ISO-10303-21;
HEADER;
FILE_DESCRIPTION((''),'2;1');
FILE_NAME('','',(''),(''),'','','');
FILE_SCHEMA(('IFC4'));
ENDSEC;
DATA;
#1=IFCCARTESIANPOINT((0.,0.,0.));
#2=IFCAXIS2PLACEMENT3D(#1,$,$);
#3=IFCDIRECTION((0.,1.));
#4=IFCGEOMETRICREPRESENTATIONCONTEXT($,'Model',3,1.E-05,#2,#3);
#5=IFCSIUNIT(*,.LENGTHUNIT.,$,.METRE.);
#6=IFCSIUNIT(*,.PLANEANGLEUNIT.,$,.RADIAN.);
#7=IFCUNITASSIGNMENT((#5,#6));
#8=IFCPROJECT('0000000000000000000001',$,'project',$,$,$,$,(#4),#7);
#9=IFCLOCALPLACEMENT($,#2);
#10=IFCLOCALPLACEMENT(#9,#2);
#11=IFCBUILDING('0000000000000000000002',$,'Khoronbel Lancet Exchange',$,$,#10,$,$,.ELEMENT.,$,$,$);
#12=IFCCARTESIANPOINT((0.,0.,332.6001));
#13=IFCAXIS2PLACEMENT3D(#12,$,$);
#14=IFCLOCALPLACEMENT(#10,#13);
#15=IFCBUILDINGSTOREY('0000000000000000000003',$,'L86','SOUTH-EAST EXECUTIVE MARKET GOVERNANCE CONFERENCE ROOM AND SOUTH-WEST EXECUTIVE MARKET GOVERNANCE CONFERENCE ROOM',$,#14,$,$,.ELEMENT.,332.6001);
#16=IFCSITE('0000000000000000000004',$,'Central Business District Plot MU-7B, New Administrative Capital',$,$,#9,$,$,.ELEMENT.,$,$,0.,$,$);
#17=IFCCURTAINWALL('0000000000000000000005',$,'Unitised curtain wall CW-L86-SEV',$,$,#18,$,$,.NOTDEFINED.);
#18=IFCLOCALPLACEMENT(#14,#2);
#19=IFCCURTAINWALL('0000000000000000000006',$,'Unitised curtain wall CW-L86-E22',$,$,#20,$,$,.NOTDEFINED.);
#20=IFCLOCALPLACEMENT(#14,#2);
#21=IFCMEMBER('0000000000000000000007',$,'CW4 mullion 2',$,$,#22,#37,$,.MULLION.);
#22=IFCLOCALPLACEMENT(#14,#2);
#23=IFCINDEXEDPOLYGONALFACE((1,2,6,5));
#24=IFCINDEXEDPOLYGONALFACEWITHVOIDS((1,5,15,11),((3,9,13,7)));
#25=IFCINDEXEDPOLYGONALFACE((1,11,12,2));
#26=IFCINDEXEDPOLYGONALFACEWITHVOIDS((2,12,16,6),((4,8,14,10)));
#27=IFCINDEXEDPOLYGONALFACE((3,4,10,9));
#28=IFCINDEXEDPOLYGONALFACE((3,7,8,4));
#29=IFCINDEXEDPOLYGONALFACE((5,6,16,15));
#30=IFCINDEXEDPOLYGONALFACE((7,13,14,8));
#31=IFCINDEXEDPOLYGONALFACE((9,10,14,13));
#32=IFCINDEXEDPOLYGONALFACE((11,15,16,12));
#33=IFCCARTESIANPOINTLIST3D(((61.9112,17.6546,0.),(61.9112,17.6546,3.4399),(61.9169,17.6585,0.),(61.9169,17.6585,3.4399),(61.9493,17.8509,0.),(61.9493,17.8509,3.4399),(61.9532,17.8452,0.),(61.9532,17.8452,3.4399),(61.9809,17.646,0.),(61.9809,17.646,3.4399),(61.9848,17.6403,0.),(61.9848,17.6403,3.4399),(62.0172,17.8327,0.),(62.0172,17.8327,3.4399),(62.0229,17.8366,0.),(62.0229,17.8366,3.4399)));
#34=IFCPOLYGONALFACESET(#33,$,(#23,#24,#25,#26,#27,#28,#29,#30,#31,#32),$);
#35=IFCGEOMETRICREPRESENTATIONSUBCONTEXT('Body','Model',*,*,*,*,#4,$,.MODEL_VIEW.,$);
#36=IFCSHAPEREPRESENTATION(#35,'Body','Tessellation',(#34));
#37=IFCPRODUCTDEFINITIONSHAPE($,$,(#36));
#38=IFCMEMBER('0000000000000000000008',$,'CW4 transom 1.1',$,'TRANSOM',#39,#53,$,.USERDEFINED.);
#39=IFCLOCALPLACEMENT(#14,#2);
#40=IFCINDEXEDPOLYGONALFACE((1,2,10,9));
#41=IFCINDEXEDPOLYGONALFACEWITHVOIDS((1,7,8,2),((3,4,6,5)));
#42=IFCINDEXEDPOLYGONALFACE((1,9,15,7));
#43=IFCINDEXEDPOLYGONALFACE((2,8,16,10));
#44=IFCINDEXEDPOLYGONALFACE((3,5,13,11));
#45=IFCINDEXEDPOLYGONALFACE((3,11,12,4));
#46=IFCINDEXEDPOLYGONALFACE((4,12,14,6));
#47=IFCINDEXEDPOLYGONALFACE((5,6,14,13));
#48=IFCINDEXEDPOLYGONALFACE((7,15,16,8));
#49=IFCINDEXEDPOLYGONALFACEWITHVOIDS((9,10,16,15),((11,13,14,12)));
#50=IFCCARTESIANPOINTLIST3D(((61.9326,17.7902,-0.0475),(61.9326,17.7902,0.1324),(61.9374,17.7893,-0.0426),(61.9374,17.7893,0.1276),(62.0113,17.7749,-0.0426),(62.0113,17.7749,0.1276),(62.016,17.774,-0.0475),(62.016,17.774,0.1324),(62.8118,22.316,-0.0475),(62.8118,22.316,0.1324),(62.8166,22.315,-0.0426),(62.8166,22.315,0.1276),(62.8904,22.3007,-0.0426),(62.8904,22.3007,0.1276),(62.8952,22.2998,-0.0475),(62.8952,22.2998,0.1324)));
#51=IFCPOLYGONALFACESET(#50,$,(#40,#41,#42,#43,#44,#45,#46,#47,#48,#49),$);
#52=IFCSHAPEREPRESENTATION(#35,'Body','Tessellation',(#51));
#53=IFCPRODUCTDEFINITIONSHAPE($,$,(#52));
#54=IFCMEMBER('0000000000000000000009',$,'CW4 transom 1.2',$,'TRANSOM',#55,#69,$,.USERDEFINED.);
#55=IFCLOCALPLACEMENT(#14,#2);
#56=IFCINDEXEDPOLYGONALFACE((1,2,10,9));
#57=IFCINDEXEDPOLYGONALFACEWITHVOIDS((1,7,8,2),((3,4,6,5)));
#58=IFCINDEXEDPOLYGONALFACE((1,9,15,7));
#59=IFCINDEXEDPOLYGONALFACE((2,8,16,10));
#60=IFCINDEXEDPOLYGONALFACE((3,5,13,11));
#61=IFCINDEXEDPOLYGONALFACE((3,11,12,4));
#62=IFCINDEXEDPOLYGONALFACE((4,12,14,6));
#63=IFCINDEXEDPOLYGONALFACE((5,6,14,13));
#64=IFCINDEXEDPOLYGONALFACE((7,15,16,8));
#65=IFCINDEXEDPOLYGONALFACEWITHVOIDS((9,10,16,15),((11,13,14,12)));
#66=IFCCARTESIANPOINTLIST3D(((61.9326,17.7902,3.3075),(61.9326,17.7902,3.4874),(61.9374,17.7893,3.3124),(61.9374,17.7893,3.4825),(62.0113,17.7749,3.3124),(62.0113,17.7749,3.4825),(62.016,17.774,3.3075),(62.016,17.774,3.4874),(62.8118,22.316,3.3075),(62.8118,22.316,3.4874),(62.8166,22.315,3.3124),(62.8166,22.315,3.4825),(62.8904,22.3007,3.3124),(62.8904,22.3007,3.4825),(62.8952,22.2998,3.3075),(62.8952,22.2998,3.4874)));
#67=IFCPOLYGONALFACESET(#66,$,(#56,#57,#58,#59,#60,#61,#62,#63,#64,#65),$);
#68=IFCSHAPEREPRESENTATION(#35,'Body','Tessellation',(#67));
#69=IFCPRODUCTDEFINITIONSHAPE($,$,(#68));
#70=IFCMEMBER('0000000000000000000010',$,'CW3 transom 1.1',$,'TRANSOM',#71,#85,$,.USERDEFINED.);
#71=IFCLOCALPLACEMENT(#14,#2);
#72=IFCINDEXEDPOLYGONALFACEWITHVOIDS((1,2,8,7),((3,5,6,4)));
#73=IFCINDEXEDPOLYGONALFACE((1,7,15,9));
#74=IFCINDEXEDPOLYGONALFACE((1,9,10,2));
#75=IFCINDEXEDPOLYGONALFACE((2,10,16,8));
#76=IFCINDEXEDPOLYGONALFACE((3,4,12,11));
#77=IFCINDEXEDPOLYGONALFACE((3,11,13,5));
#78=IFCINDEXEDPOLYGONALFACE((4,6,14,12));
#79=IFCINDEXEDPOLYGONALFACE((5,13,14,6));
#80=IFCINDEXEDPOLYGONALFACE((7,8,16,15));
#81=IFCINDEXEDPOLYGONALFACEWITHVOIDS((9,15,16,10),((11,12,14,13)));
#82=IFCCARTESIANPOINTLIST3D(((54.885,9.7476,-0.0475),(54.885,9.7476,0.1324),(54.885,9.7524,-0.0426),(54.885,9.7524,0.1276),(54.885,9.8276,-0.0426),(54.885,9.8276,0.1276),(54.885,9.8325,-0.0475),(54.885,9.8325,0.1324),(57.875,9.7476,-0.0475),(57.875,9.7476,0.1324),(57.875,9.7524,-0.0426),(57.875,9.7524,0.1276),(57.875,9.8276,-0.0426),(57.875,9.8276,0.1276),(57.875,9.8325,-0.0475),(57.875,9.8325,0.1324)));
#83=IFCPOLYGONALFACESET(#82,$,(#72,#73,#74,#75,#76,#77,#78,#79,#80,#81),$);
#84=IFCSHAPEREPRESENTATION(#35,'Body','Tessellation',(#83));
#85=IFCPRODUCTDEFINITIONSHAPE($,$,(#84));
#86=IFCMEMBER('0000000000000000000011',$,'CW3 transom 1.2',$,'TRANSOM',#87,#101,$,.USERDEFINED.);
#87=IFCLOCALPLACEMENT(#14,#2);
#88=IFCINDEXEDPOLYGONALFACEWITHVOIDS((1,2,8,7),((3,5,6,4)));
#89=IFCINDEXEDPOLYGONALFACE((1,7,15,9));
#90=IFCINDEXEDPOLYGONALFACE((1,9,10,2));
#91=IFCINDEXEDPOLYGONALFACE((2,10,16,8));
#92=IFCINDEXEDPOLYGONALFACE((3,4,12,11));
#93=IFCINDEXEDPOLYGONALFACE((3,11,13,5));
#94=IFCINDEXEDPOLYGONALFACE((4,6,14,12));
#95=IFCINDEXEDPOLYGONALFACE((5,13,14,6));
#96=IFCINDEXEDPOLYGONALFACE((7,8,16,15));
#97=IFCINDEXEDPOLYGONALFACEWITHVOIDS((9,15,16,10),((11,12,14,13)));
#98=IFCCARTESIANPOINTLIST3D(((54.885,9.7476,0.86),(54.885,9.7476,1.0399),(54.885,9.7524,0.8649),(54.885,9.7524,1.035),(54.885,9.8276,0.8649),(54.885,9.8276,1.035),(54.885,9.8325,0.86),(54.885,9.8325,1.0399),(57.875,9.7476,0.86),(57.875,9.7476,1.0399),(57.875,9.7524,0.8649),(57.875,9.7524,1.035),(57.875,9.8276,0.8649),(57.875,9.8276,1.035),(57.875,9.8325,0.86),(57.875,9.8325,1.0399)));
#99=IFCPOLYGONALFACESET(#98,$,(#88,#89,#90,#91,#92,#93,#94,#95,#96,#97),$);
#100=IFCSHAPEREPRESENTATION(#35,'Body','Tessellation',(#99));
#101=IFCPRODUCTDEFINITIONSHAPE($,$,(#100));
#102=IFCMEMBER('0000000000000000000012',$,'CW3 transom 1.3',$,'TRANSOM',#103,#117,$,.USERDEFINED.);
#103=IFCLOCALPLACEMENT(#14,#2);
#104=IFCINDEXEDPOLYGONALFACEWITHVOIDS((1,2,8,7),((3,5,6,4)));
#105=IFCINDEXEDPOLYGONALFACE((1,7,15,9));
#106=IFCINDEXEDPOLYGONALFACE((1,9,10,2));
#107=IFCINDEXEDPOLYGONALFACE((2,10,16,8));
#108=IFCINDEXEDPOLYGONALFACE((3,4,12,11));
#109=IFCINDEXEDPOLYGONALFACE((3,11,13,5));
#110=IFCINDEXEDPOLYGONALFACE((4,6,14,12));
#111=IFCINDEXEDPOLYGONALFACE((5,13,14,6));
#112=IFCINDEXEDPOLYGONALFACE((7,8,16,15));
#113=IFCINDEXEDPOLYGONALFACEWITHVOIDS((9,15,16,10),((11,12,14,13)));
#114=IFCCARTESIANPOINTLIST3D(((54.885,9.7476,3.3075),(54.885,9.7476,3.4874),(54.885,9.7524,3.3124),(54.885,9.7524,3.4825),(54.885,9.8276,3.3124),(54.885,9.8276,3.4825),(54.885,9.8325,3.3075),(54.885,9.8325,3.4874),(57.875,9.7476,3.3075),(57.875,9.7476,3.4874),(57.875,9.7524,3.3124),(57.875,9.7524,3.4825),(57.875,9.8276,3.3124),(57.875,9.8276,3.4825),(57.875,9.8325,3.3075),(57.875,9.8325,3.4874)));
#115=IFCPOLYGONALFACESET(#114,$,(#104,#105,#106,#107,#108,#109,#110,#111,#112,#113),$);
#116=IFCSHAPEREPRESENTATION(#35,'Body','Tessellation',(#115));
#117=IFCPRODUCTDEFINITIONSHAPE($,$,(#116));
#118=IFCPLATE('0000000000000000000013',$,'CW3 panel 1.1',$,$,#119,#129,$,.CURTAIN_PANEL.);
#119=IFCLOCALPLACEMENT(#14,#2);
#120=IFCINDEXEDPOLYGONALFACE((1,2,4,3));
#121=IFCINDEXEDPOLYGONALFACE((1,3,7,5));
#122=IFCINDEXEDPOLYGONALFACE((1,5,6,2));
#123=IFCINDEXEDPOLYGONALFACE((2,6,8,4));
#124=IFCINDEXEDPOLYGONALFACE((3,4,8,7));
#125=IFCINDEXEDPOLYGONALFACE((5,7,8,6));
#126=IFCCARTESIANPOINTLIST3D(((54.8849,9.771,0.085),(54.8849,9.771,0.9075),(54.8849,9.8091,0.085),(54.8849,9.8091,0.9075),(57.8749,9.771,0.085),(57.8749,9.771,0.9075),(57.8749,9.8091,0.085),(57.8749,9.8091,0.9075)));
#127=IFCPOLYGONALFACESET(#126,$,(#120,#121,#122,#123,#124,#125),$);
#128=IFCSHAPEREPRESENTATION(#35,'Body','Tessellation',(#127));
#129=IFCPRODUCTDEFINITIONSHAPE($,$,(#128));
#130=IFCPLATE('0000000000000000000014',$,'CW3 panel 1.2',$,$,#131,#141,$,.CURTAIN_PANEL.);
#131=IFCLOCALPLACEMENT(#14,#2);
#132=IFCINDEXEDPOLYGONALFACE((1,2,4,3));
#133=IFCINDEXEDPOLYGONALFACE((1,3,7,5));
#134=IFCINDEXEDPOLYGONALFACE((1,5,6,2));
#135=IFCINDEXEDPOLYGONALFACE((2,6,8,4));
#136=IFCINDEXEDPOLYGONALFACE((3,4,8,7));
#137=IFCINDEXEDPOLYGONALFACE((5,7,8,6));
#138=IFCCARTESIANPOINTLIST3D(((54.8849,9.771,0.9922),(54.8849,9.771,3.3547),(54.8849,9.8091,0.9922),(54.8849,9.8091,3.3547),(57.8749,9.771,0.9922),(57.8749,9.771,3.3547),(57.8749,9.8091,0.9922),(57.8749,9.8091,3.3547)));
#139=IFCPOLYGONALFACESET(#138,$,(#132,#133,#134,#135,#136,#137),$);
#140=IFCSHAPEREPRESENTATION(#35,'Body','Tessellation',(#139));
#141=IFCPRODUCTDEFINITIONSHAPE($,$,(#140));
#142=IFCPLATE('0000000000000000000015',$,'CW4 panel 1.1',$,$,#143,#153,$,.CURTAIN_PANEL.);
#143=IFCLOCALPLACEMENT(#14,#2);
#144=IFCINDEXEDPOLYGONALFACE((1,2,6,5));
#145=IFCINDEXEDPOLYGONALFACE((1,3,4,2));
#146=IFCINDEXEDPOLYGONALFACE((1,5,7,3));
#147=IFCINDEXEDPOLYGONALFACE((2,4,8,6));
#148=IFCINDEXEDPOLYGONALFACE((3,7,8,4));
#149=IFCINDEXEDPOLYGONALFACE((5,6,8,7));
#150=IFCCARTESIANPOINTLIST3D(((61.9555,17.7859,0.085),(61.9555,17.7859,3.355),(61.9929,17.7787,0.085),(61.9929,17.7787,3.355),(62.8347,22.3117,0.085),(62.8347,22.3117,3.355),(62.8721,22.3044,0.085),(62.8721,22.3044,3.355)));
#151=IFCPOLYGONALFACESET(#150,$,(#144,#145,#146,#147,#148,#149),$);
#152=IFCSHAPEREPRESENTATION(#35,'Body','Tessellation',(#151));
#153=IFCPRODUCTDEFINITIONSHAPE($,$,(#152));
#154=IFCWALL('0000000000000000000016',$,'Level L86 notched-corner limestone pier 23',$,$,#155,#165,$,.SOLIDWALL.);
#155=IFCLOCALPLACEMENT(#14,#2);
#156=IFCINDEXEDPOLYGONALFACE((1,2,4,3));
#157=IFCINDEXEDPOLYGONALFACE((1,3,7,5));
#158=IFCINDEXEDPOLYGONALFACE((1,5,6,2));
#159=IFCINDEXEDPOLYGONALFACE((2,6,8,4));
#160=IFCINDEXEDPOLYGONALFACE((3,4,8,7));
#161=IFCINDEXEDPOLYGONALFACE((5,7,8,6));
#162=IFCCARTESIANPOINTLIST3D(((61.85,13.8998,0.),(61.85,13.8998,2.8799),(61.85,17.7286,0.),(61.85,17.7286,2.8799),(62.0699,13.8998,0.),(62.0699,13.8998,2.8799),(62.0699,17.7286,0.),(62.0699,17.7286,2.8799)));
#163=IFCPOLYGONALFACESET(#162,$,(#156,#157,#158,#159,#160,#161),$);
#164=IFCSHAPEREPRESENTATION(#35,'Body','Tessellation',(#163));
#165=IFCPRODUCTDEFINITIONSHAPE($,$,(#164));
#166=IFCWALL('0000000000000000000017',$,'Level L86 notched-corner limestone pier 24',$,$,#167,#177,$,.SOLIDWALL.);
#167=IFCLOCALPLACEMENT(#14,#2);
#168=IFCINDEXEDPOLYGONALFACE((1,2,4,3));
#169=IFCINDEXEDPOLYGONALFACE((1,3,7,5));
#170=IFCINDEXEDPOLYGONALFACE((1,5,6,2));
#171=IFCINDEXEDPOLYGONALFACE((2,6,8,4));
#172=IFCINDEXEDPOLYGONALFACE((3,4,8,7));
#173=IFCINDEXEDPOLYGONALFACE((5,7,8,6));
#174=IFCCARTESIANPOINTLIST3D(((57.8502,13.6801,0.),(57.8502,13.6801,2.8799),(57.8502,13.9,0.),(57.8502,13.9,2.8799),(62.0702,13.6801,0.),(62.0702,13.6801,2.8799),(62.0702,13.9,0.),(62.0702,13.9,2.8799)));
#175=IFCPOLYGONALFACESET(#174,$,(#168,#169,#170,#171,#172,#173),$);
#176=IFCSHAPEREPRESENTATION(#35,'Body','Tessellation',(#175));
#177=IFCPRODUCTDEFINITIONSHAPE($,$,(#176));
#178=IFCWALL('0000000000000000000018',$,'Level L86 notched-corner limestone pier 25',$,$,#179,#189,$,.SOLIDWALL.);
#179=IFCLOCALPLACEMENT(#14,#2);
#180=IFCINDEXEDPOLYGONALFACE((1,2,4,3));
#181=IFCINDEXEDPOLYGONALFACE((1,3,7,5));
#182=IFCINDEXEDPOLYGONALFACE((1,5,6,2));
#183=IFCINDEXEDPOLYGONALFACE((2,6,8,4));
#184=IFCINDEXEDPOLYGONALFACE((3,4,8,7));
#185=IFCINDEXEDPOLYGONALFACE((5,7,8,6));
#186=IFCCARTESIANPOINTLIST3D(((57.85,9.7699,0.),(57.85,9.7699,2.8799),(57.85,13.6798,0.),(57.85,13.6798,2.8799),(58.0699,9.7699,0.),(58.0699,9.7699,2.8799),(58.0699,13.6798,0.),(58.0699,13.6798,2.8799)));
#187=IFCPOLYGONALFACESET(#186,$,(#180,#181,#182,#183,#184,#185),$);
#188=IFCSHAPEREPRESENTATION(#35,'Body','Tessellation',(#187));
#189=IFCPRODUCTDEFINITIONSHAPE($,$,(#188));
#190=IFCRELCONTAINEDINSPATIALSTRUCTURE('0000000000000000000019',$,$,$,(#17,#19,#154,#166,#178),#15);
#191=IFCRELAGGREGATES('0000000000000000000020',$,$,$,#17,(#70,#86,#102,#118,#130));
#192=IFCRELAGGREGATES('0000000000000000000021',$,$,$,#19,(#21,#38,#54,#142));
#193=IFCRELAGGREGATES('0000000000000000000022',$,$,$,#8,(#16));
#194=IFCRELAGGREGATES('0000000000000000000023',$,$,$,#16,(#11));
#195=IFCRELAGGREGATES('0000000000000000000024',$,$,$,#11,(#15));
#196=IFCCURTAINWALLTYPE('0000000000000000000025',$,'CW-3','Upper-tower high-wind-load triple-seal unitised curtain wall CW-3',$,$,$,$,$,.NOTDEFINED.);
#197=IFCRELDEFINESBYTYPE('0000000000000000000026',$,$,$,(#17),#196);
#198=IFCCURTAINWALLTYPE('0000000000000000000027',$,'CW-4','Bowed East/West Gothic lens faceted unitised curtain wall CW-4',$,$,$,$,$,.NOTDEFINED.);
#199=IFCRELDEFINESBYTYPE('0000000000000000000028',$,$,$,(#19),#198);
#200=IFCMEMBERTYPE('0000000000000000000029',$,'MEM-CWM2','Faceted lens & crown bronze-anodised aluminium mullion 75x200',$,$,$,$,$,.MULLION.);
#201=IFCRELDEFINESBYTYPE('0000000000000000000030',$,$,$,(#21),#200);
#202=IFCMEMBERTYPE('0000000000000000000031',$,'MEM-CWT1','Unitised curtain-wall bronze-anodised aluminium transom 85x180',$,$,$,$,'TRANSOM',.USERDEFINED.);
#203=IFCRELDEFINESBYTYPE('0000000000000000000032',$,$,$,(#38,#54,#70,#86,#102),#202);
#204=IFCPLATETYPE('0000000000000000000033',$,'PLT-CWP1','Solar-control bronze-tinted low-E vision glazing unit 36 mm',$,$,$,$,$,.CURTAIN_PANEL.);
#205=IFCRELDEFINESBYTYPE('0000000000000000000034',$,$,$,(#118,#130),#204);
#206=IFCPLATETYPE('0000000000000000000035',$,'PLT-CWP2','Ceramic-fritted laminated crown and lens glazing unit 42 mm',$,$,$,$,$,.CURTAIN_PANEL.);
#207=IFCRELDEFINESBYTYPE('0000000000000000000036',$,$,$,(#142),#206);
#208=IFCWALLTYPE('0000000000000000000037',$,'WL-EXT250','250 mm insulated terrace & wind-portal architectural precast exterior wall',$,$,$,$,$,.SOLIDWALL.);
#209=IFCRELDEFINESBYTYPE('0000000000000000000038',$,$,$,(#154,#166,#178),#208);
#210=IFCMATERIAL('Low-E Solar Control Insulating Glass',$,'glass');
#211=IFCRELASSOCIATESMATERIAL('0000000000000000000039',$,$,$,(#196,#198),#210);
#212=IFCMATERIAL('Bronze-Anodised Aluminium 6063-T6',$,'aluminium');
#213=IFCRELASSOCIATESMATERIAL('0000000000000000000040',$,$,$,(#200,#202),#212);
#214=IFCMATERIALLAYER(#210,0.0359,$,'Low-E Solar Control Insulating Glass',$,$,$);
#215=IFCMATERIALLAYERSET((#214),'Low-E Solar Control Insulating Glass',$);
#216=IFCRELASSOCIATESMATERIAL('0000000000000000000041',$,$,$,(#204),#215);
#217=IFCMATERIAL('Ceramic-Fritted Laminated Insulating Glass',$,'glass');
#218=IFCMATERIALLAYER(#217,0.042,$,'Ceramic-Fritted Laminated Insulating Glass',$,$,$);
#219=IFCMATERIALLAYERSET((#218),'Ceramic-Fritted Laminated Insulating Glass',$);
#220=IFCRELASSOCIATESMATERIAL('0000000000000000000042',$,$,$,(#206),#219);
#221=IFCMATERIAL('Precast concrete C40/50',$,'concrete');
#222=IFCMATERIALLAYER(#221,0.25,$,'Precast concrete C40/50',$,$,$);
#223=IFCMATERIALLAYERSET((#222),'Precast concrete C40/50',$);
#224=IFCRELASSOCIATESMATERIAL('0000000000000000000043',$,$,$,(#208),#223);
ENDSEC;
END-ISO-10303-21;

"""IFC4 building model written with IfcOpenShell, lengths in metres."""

from ifc_helpers import new_model, si_unit, direction, frame, frame_2d, origin, origin_2d, place, context, subcontext, project, spatial, rectangle, hollow_rectangle, extrude, material, layer, layer_set, material_profile, profile_set, type_object, element, aggregate, save


model = new_model("IFC4")

# Units and contexts
model_context = context("Model", 3, precision=1e-05, world=origin(), true_north=direction((0.0, 1.0)))
body_context = subcontext(model_context, "Body", "Model", "MODEL_VIEW")
ifc_project = project(units=[si_unit("LENGTHUNIT", "METRE"), si_unit("PLANEANGLEUNIT", "RADIAN")], contexts=[model_context])

# Site, building, storey
site_placement = place(None, origin())
site = spatial("IfcSite", under=ifc_project, at=site_placement, Name="Central Business District Plot MU-7B, New Administrative Capital", CompositionType="ELEMENT", RefElevation=0.0)
building_placement = place(site_placement, origin())
building = spatial("IfcBuilding", under=site, at=building_placement, Name="Khoronbel Lancet Exchange", CompositionType="ELEMENT")
storey_placement = place(building_placement, frame((0.0, 0.0, 332.6001)))
storey = spatial("IfcBuildingStorey", under=building, at=storey_placement, Name="L86", Description="SOUTH-EAST EXECUTIVE MARKET GOVERNANCE CONFERENCE ROOM AND SOUTH-WEST EXECUTIVE MARKET GOVERNANCE CONFERENCE ROOM", CompositionType="ELEMENT", Elevation=332.6001)

# Shared definitions
ifc_material_1 = material(Name="Low-E Solar Control Insulating Glass", Category="glass")
curtain_wall_type_1 = type_object("IfcCurtainWallType", Name="CW-3", Description="Upper-tower high-wind-load triple-seal unitised curtain wall CW-3", PredefinedType="NOTDEFINED", material=ifc_material_1)
ifc_material_2 = material(Name="Bronze-Anodised Aluminium 6063-T6", Category="aluminium")

# Curtain wall
curtain_wall_1_placement = place(storey_placement, origin())
curtain_wall_1 = element("IfcCurtainWall", 1, at=curtain_wall_1_placement, inside=storey, type_object=curtain_wall_type_1, Name="Unitised curtain wall CW-L86-SEV", PredefinedType="NOTDEFINED")

# Shared definitions
curtain_wall_type_2 = type_object("IfcCurtainWallType", Name="CW-4", Description="Bowed East/West Gothic lens faceted unitised curtain wall CW-4", PredefinedType="NOTDEFINED", material=ifc_material_1)
ifc_material_profile_1 = material_profile(ifc_material_2, hollow_rectangle(XDim=0.075, YDim=0.2, WallThickness=0.0049, at=origin_2d()), Name="ALU MULLION 75x200")
ifc_profile_set_1 = profile_set([ifc_material_profile_1], Name="Bronze-Anodised Aluminium 6063-T6")
member_type_1 = type_object("IfcMemberType", Name="MEM-CWM2", Description="Faceted lens & crown bronze-anodised aluminium mullion 75x200", PredefinedType="MULLION", material=ifc_profile_set_1)

# Curtain wall, members
curtain_wall_2_placement = place(storey_placement, origin())
curtain_wall_2 = element("IfcCurtainWall", 2, at=curtain_wall_2_placement, inside=storey, type_object=curtain_wall_type_2, Name="Unitised curtain wall CW-L86-E22", PredefinedType="NOTDEFINED")
member_1_placement = place(storey_placement, frame((61.967, 17.7456, 0.0), z_axis=(0.0, 0.0, 1.0), x_axis=(0.981648, -0.190704, 0.0)))
member_1 = element("IfcMember", 3, at=member_1_placement, type_object=member_type_1, Name="CW4 mullion 2", PredefinedType="MULLION", context=body_context, shape_type="SweptSolid", body=[
    extrude(hollow_rectangle(XDim=0.075, YDim=0.2, WallThickness=0.0049, at=origin_2d()), origin(), (0.0, 0.0, 1.0), 3.4399),
])
ifc_material_profile_2 = material_profile(ifc_material_2, hollow_rectangle(XDim=0.085, YDim=0.1799, WallThickness=0.0049, at=origin_2d()), Name="ALU TRANSOM 85x180")
ifc_profile_set_2 = profile_set([ifc_material_profile_2], Name="Bronze-Anodised Aluminium 6063-T6")
member_type_2 = type_object("IfcMemberType", Name="MEM-CWT1", Description="Unitised curtain-wall bronze-anodised aluminium transom 85x180", ElementType="TRANSOM", PredefinedType="USERDEFINED", material=ifc_profile_set_2)
member_2_placement = place(storey_placement, frame((62.8535, 22.3079, 0.0425), z_axis=(-0.190695, -0.981649, 0.0), x_axis=(0.981649, -0.190695, 0.0)))
member_2 = element("IfcMember", 4, at=member_2_placement, type_object=member_type_2, Name="CW4 transom 1.1", ObjectType="TRANSOM", PredefinedType="USERDEFINED", context=body_context, shape_type="SweptSolid", body=[
    extrude(hollow_rectangle(XDim=0.085, YDim=0.1799, WallThickness=0.0049, at=origin_2d()), origin(), (0.0, 0.0, 1.0), 4.6104),
])
member_3_placement = place(storey_placement, frame((62.8535, 22.3079, 3.3975), z_axis=(-0.190695, -0.981649, 0.0), x_axis=(0.981649, -0.190695, 0.0)))
member_3 = element("IfcMember", 5, at=member_3_placement, type_object=member_type_2, Name="CW4 transom 1.2", ObjectType="TRANSOM", PredefinedType="USERDEFINED", context=body_context, shape_type="SweptSolid", body=[
    extrude(hollow_rectangle(XDim=0.085, YDim=0.1799, WallThickness=0.0049, at=origin_2d()), origin(), (0.0, 0.0, 1.0), 4.6104),
])

# Members
member_4_placement = place(storey_placement, frame((54.885, 9.79, 0.0425), z_axis=(1.0, 0.0, 0.0), x_axis=(0.0, 1.0, 0.0)))
member_4 = element("IfcMember", 6, at=member_4_placement, type_object=member_type_2, Name="CW3 transom 1.1", ObjectType="TRANSOM", PredefinedType="USERDEFINED", context=body_context, shape_type="SweptSolid", body=[
    extrude(hollow_rectangle(XDim=0.085, YDim=0.1799, WallThickness=0.0049, at=origin_2d()), origin(), (0.0, 0.0, 1.0), 2.99),
])
member_5_placement = place(storey_placement, frame((54.885, 9.79, 0.95), z_axis=(1.0, 0.0, 0.0), x_axis=(0.0, 1.0, 0.0)))
member_5 = element("IfcMember", 7, at=member_5_placement, type_object=member_type_2, Name="CW3 transom 1.2", ObjectType="TRANSOM", PredefinedType="USERDEFINED", context=body_context, shape_type="SweptSolid", body=[
    extrude(hollow_rectangle(XDim=0.085, YDim=0.1799, WallThickness=0.0049, at=origin_2d()), origin(), (0.0, 0.0, 1.0), 2.99),
])
member_6_placement = place(storey_placement, frame((54.885, 9.79, 3.3975), z_axis=(1.0, 0.0, 0.0), x_axis=(0.0, 1.0, 0.0)))
member_6 = element("IfcMember", 8, at=member_6_placement, type_object=member_type_2, Name="CW3 transom 1.3", ObjectType="TRANSOM", PredefinedType="USERDEFINED", context=body_context, shape_type="SweptSolid", body=[
    extrude(hollow_rectangle(XDim=0.085, YDim=0.1799, WallThickness=0.0049, at=origin_2d()), origin(), (0.0, 0.0, 1.0), 2.99),
])

# Plates
ifc_layer_1 = layer(ifc_material_1, 0.0359, Name="Low-E Solar Control Insulating Glass")
ifc_layer_set_1 = layer_set([ifc_layer_1], Name="Low-E Solar Control Insulating Glass")
plate_type_1 = type_object("IfcPlateType", Name="PLT-CWP1", Description="Solar-control bronze-tinted low-E vision glazing unit 36 mm", PredefinedType="CURTAIN_PANEL", material=ifc_layer_set_1)
plate_1_placement = place(storey_placement, frame((56.3799, 9.79, 0.085), z_axis=(0.0, 0.0, 1.0), x_axis=(1.0, 0.0, 0.0)))
plate_1 = element("IfcPlate", 9, at=plate_1_placement, type_object=plate_type_1, Name="CW3 panel 1.1", PredefinedType="CURTAIN_PANEL", context=body_context, shape_type="SweptSolid", body=[
    extrude(rectangle(XDim=2.99, YDim=0.0381, at=origin_2d()), origin(), (0.0, 0.0, 1.0), 0.8225),
])
plate_2_placement = place(storey_placement, frame((56.3799, 9.79, 0.9922), z_axis=(0.0, 0.0, 1.0), x_axis=(1.0, 0.0, 0.0)))
plate_2 = element("IfcPlate", 10, at=plate_2_placement, type_object=plate_type_1, Name="CW3 panel 1.2", PredefinedType="CURTAIN_PANEL", context=body_context, shape_type="SweptSolid", body=[
    extrude(rectangle(XDim=2.99, YDim=0.0381, at=origin_2d()), origin(), (0.0, 0.0, 1.0), 2.3625),
])
aggregate(curtain_wall_1, [member_4, member_5, member_6, plate_1, plate_2])
ifc_material_3 = material(Name="Ceramic-Fritted Laminated Insulating Glass", Category="glass")
ifc_layer_2 = layer(ifc_material_3, 0.042, Name="Ceramic-Fritted Laminated Insulating Glass")
ifc_layer_set_2 = layer_set([ifc_layer_2], Name="Ceramic-Fritted Laminated Insulating Glass")
plate_type_2 = type_object("IfcPlateType", Name="PLT-CWP2", Description="Ceramic-fritted laminated crown and lens glazing unit 42 mm", PredefinedType="CURTAIN_PANEL", material=ifc_layer_set_2)
plate_3_placement = place(storey_placement, frame((62.4138, 20.0452, 0.085), z_axis=(0.0, 0.0, 1.0), x_axis=(-0.190704, -0.981648, 0.0)))
plate_3 = element("IfcPlate", 11, at=plate_3_placement, type_object=plate_type_2, Name="CW4 panel 1.1", PredefinedType="CURTAIN_PANEL", context=body_context, shape_type="SweptSolid", body=[
    extrude(rectangle(XDim=4.6104, YDim=0.0381, at=origin_2d()), origin(), (0.0, 0.0, 1.0), 3.27),
])
aggregate(curtain_wall_2, [member_1, member_2, member_3, plate_3])

# Walls
ifc_material_4 = material(Name="Precast concrete C40/50", Category="concrete")
ifc_layer_3 = layer(ifc_material_4, 0.25, Name="Precast concrete C40/50")
ifc_layer_set_3 = layer_set([ifc_layer_3], Name="Precast concrete C40/50")
wall_type_1 = type_object("IfcWallType", Name="WL-EXT250", Description="250 mm insulated terrace & wind-portal architectural precast exterior wall", PredefinedType="SOLIDWALL", material=ifc_layer_set_3)
wall_1_placement = place(storey_placement, frame((61.96, 17.7288, 0.0), z_axis=(0.0, 0.0, 1.0), x_axis=(0.0, -1.0, 0.0)))
element("IfcWall", 12, at=wall_1_placement, inside=storey, type_object=wall_type_1, Name="Level L86 notched-corner limestone pier 23", PredefinedType="SOLIDWALL", context=body_context, shape_type="SweptSolid", body=[
    extrude(rectangle(XDim=3.8289, YDim=0.22, at=frame_2d((1.9146, 0.0))), origin(), (0.0, 0.0, 1.0), 2.8799),
])
wall_2_placement = place(storey_placement, frame((62.0701, 13.79, 0.0), z_axis=(0.0, 0.0, 1.0), x_axis=(-1.0, 0.0, 0.0)))
element("IfcWall", 13, at=wall_2_placement, inside=storey, type_object=wall_type_1, Name="Level L86 notched-corner limestone pier 24", PredefinedType="SOLIDWALL", context=body_context, shape_type="SweptSolid", body=[
    extrude(rectangle(XDim=4.22, YDim=0.22, at=frame_2d((2.1099, 0.0))), origin(), (0.0, 0.0, 1.0), 2.8799),
])
wall_3_placement = place(storey_placement, frame((57.96, 13.6799, 0.0), z_axis=(0.0, 0.0, 1.0), x_axis=(0.0, -1.0, 0.0)))
element("IfcWall", 14, at=wall_3_placement, inside=storey, type_object=wall_type_1, Name="Level L86 notched-corner limestone pier 25", PredefinedType="SOLIDWALL", context=body_context, shape_type="SweptSolid", body=[
    extrude(rectangle(XDim=3.9099, YDim=0.22, at=frame_2d((1.9551, 0.0))), origin(), (0.0, 0.0, 1.0), 2.8799),
])

save(model, "model.ifc")
